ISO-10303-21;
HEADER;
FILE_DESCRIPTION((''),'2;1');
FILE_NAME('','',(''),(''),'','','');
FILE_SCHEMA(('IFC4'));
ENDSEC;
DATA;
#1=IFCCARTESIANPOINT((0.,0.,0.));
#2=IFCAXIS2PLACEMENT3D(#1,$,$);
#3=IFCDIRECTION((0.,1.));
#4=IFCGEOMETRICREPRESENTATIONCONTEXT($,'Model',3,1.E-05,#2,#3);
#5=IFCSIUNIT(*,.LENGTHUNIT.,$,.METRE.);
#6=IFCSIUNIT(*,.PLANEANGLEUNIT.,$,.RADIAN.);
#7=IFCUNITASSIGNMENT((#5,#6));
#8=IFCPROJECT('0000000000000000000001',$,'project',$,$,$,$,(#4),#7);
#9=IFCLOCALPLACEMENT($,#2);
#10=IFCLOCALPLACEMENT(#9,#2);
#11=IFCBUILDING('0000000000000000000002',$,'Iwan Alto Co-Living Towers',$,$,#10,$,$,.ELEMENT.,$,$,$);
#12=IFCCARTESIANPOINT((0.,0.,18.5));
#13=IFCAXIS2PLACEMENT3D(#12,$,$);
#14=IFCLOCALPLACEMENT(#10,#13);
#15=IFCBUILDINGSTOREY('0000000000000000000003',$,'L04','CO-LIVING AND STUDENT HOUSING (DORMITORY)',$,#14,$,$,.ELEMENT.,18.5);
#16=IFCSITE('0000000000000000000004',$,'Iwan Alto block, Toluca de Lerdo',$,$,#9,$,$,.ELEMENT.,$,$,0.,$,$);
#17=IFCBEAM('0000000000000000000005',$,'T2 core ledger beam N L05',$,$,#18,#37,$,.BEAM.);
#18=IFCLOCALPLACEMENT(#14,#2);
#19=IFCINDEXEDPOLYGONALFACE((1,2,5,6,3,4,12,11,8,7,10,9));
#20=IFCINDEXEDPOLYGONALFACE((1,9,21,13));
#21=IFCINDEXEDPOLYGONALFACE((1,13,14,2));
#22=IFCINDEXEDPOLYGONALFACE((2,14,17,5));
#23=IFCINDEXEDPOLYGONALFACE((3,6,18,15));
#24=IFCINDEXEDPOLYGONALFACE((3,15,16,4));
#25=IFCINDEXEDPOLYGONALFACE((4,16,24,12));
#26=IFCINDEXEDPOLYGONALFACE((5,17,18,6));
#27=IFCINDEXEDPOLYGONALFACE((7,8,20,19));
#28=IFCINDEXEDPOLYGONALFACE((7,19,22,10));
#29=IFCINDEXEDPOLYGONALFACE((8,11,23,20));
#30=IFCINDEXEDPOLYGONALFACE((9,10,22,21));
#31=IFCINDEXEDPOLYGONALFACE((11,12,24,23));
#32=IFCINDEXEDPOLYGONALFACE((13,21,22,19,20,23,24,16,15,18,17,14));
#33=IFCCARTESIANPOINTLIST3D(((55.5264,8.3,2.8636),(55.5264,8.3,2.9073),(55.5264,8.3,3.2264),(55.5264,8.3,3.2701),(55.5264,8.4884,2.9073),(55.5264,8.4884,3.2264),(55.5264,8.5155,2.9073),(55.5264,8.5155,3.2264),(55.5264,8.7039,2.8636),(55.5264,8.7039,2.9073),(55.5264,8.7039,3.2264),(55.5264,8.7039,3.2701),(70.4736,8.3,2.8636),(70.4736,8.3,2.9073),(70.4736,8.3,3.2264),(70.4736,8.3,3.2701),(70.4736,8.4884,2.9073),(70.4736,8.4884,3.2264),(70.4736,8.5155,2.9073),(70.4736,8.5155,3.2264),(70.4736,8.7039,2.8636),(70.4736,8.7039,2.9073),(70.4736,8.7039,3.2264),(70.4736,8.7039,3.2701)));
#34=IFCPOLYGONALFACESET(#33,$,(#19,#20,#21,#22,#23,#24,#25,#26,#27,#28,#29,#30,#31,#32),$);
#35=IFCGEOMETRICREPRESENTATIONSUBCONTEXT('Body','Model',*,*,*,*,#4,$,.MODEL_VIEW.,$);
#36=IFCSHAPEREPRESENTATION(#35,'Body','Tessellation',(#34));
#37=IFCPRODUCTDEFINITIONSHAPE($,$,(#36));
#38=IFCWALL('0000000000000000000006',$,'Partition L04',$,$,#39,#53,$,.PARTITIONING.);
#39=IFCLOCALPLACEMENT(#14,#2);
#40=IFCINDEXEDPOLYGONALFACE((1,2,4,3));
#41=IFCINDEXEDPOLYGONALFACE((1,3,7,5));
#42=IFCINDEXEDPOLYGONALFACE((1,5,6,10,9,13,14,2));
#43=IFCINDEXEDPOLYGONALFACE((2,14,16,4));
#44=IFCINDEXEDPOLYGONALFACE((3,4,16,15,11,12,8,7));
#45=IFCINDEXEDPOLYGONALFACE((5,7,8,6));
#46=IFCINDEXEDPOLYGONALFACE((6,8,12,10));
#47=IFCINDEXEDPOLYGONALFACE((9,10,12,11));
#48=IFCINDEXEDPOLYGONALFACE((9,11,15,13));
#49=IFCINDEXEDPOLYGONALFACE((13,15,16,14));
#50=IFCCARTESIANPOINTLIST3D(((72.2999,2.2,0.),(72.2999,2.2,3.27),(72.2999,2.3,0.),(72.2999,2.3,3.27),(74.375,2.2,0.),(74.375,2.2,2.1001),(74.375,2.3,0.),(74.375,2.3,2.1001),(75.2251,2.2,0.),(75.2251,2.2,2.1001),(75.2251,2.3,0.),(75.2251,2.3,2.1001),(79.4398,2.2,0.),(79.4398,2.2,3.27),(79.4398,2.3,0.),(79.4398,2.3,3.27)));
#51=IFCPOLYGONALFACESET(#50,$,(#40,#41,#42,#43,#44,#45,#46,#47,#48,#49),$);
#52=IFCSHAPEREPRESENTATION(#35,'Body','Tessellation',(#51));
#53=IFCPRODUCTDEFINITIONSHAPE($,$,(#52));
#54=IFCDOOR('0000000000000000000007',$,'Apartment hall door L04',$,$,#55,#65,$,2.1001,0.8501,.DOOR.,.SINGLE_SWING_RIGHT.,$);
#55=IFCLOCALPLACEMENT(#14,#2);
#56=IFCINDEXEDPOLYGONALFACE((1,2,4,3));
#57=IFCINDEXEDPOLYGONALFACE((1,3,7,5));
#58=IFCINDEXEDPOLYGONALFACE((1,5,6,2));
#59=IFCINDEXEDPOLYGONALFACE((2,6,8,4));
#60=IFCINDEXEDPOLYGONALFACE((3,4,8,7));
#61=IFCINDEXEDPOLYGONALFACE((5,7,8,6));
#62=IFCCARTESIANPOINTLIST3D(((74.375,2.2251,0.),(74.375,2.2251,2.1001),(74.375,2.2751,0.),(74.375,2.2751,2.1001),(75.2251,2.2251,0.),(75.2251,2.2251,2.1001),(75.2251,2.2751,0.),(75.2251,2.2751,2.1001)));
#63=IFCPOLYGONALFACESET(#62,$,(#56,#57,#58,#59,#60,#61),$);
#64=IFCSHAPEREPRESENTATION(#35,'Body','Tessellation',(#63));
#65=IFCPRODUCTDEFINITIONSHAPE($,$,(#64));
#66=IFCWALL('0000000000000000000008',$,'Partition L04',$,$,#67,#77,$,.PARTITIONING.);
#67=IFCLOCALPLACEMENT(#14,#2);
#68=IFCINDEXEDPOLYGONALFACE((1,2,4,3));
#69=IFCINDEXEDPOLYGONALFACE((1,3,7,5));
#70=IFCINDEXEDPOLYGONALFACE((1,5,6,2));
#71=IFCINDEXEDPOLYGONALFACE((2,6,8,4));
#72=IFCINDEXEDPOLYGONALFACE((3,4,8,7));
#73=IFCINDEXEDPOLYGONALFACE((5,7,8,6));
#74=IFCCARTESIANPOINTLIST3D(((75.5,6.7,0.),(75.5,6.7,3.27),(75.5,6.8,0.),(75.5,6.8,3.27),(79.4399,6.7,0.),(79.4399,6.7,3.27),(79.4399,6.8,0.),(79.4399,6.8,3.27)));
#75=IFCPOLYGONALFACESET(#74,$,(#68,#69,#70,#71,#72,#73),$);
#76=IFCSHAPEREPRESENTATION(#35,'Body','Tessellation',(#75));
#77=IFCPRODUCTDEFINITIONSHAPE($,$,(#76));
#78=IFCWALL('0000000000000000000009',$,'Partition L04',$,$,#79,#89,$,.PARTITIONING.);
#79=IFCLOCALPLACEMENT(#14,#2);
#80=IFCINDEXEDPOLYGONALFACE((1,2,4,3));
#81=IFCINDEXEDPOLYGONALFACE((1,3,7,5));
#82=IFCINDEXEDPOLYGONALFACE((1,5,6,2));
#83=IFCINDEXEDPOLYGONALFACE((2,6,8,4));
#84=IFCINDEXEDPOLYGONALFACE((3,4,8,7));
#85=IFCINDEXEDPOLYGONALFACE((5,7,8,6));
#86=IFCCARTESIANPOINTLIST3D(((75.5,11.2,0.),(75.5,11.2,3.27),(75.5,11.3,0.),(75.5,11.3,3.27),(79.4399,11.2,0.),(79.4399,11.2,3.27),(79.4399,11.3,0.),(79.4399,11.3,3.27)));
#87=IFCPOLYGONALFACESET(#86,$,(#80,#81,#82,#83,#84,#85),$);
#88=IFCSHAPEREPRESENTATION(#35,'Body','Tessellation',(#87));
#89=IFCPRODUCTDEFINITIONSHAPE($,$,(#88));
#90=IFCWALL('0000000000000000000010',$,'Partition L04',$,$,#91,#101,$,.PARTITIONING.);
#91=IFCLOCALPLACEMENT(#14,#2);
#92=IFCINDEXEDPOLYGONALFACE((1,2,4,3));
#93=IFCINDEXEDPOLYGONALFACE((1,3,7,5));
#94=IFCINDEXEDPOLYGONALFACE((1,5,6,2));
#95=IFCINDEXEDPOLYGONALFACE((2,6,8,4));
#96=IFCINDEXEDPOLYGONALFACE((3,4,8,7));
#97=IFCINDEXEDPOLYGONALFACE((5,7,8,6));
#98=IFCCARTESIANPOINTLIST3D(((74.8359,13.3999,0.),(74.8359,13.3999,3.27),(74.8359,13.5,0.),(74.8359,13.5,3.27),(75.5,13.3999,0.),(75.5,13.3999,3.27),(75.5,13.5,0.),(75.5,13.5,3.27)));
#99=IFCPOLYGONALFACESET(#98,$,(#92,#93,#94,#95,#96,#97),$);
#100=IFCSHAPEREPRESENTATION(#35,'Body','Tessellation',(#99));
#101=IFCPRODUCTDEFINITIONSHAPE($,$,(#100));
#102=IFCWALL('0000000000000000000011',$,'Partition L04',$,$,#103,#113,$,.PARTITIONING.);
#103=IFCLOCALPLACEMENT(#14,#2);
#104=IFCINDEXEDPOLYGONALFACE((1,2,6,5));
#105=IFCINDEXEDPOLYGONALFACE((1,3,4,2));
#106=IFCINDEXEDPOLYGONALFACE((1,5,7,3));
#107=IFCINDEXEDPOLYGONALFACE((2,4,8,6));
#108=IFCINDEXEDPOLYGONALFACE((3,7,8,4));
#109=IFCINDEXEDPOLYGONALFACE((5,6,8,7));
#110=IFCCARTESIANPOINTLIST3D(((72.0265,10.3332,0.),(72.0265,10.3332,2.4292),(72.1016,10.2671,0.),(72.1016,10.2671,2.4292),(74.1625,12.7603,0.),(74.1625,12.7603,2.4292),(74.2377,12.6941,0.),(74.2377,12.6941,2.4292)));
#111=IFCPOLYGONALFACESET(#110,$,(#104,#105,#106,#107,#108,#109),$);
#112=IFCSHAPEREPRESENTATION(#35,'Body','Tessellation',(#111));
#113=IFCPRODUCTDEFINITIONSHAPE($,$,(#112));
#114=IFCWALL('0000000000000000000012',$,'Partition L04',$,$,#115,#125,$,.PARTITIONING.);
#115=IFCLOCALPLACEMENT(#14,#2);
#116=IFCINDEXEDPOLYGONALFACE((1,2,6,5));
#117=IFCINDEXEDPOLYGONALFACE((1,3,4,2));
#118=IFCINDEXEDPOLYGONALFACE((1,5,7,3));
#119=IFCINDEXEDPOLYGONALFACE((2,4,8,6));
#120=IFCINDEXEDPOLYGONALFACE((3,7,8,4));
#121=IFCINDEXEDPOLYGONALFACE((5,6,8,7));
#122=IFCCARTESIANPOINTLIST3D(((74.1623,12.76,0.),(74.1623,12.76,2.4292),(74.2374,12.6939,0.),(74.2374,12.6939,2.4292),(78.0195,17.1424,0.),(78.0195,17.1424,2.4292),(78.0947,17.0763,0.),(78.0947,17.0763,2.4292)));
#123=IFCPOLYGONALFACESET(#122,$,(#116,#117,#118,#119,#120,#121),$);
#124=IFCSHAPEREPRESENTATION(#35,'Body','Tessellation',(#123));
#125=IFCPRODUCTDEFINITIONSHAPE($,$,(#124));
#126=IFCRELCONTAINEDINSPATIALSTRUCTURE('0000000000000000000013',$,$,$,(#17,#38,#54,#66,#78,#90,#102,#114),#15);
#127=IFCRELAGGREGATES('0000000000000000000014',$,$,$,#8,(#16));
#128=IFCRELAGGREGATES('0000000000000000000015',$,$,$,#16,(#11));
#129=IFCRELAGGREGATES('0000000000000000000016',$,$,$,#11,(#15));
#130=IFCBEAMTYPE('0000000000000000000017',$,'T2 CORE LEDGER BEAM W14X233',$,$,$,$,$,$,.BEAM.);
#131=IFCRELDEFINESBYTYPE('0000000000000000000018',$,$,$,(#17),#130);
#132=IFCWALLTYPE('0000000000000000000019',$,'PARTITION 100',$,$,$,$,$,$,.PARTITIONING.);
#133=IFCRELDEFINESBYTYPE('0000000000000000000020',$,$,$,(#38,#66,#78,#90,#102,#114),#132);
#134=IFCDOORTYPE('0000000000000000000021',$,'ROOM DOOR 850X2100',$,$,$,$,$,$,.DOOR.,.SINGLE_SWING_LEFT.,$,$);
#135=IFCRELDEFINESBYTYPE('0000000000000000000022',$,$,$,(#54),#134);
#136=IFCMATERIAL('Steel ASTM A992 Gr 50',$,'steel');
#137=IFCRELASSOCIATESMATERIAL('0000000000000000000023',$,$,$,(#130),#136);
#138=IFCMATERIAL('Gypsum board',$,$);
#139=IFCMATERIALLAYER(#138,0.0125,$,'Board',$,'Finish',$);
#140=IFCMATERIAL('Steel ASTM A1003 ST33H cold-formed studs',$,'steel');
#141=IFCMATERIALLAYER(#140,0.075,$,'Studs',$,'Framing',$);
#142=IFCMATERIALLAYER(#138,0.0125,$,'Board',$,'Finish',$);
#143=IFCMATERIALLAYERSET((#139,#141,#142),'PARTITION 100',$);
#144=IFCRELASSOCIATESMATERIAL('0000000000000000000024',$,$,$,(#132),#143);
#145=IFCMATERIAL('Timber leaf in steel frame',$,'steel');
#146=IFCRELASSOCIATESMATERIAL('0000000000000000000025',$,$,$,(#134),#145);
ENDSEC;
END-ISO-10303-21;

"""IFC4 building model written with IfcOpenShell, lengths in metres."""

from ifc_helpers import new_model, si_unit, direction, frame, frame_2d, origin, origin_2d, place, context, subcontext, project, spatial, rectangle, i_section, extrude, material, layer, layer_set, material_profile, profile_set, type_object, element, fill, save


model = new_model("IFC4")

# Units and contexts
model_context = context("Model", 3, precision=1e-05, world=origin(), true_north=direction((0.0, 1.0)))
body_context = subcontext(model_context, "Body", "Model", "MODEL_VIEW")
ifc_project = project(units=[si_unit("LENGTHUNIT", "METRE"), si_unit("PLANEANGLEUNIT", "RADIAN")], contexts=[model_context])

# Site, building, storey
site_placement = place(None, origin())
site = spatial("IfcSite", under=ifc_project, at=site_placement, Name="Iwan Alto block, Toluca de Lerdo", CompositionType="ELEMENT", RefElevation=0.0)
building_placement = place(site_placement, origin())
building = spatial("IfcBuilding", under=site, at=building_placement, Name="Iwan Alto Co-Living Towers", CompositionType="ELEMENT")
storey_placement = place(building_placement, frame((0.0, 0.0, 18.5)))
storey = spatial("IfcBuildingStorey", under=building, at=storey_placement, Name="L04", Description="CO-LIVING AND STUDENT HOUSING (DORMITORY)", CompositionType="ELEMENT", Elevation=18.5)

# Beam
ifc_material_1 = material(Name="Steel ASTM A992 Gr 50", Category="steel")
ifc_material_profile = material_profile(ifc_material_1, i_section(OverallWidth=0.4038, OverallDepth=0.4065, WebThickness=0.0271, FlangeThickness=0.0437, at=origin_2d()), Name="W14X233")
ifc_profile_set = profile_set([ifc_material_profile], Name="Steel ASTM A992 Gr 50")
beam_type = type_object("IfcBeamType", Name="T2 CORE LEDGER BEAM W14X233", PredefinedType="BEAM", material=ifc_profile_set)
beam_placement = place(storey_placement, frame((70.4736, 8.502, 3.0669), z_axis=(-1.0, 0.0, 0.0), x_axis=(0.0, -1.0, 0.0)))
element("IfcBeam", 1, at=beam_placement, inside=storey, type_object=beam_type, Name="T2 core ledger beam N L05", PredefinedType="BEAM", context=body_context, shape_type="SweptSolid", body=[
    extrude(i_section(OverallWidth=0.4038, OverallDepth=0.4065, WebThickness=0.0271, FlangeThickness=0.0437, at=origin_2d()), origin(), (0.0, 0.0, 1.0), 14.9473),
])

# Wall, opening, door
ifc_material_2 = material(Name="Gypsum board")
ifc_layer_1 = layer(ifc_material_2, 0.0125, Name="Board", Category="Finish")
ifc_material_3 = material(Name="Steel ASTM A1003 ST33H cold-formed studs", Category="steel")
ifc_layer_2 = layer(ifc_material_3, 0.075, Name="Studs", Category="Framing")
ifc_layer_3 = layer(ifc_material_2, 0.0125, Name="Board", Category="Finish")
ifc_layer_set_1 = layer_set([ifc_layer_1, ifc_layer_2, ifc_layer_3], Name="PARTITION 100")
wall_type_1 = type_object("IfcWallType", Name="PARTITION 100", PredefinedType="PARTITIONING", material=ifc_layer_set_1)
wall_1_placement = place(storey_placement, frame((72.3, 2.25, 0.0), z_axis=(0.0, 0.0, 1.0), x_axis=(1.0, 0.0, 0.0)))
wall_1 = element("IfcWall", 2, at=wall_1_placement, inside=storey, type_object=wall_type_1, Name="Partition L04", PredefinedType="PARTITIONING", context=body_context, shape_type="SweptSolid", body=[
    extrude(rectangle(XDim=7.1399, YDim=0.1001, at=frame_2d((3.5698, 0.0))), origin(), (0.0, 0.0, 1.0), 3.27),
])
opening_1_placement = place(wall_1_placement, frame((2.075, 0.0, 0.0)))
opening_1 = element("IfcOpeningElement", 3, at=opening_1_placement, cuts=wall_1, PredefinedType="OPENING", context=body_context, shape_type="SweptSolid", body=[
    extrude(rectangle(XDim=0.8501, YDim=2.1001, at=frame_2d((0.425, 1.05))), frame((0.0, 0.0601, 0.0), z_axis=(0.0, -1.0, 0.0), x_axis=(1.0, 0.0, 0.0)), (0.0, 0.0, 1.0), 0.1201),
])
ifc_material_4 = material(Name="Timber leaf in steel frame", Category="steel")
door_type_1 = type_object("IfcDoorType", Name="ROOM DOOR 850X2100", OperationType="SINGLE_SWING_LEFT", PredefinedType="DOOR", material=ifc_material_4)
door_1_placement = place(opening_1_placement, frame((0.8501, 0.0, 0.0), z_axis=(0.0, 0.0, 1.0), x_axis=(-1.0, 0.0, 0.0)))
door_1 = element("IfcDoor", 4, at=door_1_placement, inside=storey, type_object=door_type_1, Name="Apartment hall door L04", OperationType="SINGLE_SWING_RIGHT", OverallHeight=2.1001, OverallWidth=0.8501, PredefinedType="DOOR", context=body_context, shape_type="SweptSolid", body=[
    extrude(rectangle(XDim=0.8501, YDim=2.1001, at=frame_2d((0.425, 1.05))), frame((0.0, 0.0249, 0.0), z_axis=(0.0, -1.0, 0.0), x_axis=(1.0, 0.0, 0.0)), (0.0, 0.0, 1.0), 0.05),
])
fill(opening_1, door_1)

# Walls
for number, where, z_axis, x_axis, name in (
    (5, (75.5, 6.75, 0.0), (0.0, 0.0, 1.0), (1.0, 0.0, 0.0), "Partition L04"),
    (6, (75.5, 11.25, 0.0), (0.0, 0.0, 1.0), (1.0, 0.0, 0.0), "Partition L04"),
):
    element("IfcWall", number, at=place(storey_placement, frame(where, z_axis=z_axis, x_axis=x_axis)), inside=storey, type_object=wall_type_1, Name=name, PredefinedType="PARTITIONING", context=body_context, shape_type="SweptSolid", body=[
        extrude(rectangle(XDim=3.9399, YDim=0.1001, at=frame_2d((1.97, 0.0))), origin(), (0.0, 0.0, 1.0), 3.27),
    ])
wall_2_placement = place(storey_placement, frame((74.8359, 13.45, 0.0), z_axis=(0.0, 0.0, 1.0), x_axis=(1.0, 0.0, 0.0)))
element("IfcWall", 7, at=wall_2_placement, inside=storey, type_object=wall_type_1, Name="Partition L04", PredefinedType="PARTITIONING", context=body_context, shape_type="SweptSolid", body=[
    extrude(rectangle(XDim=0.6641, YDim=0.1001, at=frame_2d((0.332, 0.0))), origin(), (0.0, 0.0, 1.0), 3.27),
])
wall_3_placement = place(storey_placement, frame((72.064, 10.3, 0.0), z_axis=(0.0, 0.0, 1.0), x_axis=(0.660667, 0.750679, 0.0)))
element("IfcWall", 8, at=wall_3_placement, inside=storey, type_object=wall_type_1, Name="Partition L04", PredefinedType="PARTITIONING", context=body_context, shape_type="SweptSolid", body=[
    extrude(rectangle(XDim=3.2332, YDim=0.1001, at=frame_2d((1.6167, 0.0))), origin(), (0.0, 0.0, 1.0), 2.4292),
])
wall_4_placement = place(storey_placement, frame((74.2, 12.7271, 0.0), z_axis=(0.0, 0.0, 1.0), x_axis=(0.660699, 0.750651, 0.0)))
element("IfcWall", 9, at=wall_4_placement, inside=storey, type_object=wall_type_1, Name="Partition L04", PredefinedType="PARTITIONING", context=body_context, shape_type="SweptSolid", body=[
    extrude(rectangle(XDim=5.8381, YDim=0.1001, at=frame_2d((2.9189, 0.0))), origin(), (0.0, 0.0, 1.0), 2.4292),
])

save(model, "model.ifc")
